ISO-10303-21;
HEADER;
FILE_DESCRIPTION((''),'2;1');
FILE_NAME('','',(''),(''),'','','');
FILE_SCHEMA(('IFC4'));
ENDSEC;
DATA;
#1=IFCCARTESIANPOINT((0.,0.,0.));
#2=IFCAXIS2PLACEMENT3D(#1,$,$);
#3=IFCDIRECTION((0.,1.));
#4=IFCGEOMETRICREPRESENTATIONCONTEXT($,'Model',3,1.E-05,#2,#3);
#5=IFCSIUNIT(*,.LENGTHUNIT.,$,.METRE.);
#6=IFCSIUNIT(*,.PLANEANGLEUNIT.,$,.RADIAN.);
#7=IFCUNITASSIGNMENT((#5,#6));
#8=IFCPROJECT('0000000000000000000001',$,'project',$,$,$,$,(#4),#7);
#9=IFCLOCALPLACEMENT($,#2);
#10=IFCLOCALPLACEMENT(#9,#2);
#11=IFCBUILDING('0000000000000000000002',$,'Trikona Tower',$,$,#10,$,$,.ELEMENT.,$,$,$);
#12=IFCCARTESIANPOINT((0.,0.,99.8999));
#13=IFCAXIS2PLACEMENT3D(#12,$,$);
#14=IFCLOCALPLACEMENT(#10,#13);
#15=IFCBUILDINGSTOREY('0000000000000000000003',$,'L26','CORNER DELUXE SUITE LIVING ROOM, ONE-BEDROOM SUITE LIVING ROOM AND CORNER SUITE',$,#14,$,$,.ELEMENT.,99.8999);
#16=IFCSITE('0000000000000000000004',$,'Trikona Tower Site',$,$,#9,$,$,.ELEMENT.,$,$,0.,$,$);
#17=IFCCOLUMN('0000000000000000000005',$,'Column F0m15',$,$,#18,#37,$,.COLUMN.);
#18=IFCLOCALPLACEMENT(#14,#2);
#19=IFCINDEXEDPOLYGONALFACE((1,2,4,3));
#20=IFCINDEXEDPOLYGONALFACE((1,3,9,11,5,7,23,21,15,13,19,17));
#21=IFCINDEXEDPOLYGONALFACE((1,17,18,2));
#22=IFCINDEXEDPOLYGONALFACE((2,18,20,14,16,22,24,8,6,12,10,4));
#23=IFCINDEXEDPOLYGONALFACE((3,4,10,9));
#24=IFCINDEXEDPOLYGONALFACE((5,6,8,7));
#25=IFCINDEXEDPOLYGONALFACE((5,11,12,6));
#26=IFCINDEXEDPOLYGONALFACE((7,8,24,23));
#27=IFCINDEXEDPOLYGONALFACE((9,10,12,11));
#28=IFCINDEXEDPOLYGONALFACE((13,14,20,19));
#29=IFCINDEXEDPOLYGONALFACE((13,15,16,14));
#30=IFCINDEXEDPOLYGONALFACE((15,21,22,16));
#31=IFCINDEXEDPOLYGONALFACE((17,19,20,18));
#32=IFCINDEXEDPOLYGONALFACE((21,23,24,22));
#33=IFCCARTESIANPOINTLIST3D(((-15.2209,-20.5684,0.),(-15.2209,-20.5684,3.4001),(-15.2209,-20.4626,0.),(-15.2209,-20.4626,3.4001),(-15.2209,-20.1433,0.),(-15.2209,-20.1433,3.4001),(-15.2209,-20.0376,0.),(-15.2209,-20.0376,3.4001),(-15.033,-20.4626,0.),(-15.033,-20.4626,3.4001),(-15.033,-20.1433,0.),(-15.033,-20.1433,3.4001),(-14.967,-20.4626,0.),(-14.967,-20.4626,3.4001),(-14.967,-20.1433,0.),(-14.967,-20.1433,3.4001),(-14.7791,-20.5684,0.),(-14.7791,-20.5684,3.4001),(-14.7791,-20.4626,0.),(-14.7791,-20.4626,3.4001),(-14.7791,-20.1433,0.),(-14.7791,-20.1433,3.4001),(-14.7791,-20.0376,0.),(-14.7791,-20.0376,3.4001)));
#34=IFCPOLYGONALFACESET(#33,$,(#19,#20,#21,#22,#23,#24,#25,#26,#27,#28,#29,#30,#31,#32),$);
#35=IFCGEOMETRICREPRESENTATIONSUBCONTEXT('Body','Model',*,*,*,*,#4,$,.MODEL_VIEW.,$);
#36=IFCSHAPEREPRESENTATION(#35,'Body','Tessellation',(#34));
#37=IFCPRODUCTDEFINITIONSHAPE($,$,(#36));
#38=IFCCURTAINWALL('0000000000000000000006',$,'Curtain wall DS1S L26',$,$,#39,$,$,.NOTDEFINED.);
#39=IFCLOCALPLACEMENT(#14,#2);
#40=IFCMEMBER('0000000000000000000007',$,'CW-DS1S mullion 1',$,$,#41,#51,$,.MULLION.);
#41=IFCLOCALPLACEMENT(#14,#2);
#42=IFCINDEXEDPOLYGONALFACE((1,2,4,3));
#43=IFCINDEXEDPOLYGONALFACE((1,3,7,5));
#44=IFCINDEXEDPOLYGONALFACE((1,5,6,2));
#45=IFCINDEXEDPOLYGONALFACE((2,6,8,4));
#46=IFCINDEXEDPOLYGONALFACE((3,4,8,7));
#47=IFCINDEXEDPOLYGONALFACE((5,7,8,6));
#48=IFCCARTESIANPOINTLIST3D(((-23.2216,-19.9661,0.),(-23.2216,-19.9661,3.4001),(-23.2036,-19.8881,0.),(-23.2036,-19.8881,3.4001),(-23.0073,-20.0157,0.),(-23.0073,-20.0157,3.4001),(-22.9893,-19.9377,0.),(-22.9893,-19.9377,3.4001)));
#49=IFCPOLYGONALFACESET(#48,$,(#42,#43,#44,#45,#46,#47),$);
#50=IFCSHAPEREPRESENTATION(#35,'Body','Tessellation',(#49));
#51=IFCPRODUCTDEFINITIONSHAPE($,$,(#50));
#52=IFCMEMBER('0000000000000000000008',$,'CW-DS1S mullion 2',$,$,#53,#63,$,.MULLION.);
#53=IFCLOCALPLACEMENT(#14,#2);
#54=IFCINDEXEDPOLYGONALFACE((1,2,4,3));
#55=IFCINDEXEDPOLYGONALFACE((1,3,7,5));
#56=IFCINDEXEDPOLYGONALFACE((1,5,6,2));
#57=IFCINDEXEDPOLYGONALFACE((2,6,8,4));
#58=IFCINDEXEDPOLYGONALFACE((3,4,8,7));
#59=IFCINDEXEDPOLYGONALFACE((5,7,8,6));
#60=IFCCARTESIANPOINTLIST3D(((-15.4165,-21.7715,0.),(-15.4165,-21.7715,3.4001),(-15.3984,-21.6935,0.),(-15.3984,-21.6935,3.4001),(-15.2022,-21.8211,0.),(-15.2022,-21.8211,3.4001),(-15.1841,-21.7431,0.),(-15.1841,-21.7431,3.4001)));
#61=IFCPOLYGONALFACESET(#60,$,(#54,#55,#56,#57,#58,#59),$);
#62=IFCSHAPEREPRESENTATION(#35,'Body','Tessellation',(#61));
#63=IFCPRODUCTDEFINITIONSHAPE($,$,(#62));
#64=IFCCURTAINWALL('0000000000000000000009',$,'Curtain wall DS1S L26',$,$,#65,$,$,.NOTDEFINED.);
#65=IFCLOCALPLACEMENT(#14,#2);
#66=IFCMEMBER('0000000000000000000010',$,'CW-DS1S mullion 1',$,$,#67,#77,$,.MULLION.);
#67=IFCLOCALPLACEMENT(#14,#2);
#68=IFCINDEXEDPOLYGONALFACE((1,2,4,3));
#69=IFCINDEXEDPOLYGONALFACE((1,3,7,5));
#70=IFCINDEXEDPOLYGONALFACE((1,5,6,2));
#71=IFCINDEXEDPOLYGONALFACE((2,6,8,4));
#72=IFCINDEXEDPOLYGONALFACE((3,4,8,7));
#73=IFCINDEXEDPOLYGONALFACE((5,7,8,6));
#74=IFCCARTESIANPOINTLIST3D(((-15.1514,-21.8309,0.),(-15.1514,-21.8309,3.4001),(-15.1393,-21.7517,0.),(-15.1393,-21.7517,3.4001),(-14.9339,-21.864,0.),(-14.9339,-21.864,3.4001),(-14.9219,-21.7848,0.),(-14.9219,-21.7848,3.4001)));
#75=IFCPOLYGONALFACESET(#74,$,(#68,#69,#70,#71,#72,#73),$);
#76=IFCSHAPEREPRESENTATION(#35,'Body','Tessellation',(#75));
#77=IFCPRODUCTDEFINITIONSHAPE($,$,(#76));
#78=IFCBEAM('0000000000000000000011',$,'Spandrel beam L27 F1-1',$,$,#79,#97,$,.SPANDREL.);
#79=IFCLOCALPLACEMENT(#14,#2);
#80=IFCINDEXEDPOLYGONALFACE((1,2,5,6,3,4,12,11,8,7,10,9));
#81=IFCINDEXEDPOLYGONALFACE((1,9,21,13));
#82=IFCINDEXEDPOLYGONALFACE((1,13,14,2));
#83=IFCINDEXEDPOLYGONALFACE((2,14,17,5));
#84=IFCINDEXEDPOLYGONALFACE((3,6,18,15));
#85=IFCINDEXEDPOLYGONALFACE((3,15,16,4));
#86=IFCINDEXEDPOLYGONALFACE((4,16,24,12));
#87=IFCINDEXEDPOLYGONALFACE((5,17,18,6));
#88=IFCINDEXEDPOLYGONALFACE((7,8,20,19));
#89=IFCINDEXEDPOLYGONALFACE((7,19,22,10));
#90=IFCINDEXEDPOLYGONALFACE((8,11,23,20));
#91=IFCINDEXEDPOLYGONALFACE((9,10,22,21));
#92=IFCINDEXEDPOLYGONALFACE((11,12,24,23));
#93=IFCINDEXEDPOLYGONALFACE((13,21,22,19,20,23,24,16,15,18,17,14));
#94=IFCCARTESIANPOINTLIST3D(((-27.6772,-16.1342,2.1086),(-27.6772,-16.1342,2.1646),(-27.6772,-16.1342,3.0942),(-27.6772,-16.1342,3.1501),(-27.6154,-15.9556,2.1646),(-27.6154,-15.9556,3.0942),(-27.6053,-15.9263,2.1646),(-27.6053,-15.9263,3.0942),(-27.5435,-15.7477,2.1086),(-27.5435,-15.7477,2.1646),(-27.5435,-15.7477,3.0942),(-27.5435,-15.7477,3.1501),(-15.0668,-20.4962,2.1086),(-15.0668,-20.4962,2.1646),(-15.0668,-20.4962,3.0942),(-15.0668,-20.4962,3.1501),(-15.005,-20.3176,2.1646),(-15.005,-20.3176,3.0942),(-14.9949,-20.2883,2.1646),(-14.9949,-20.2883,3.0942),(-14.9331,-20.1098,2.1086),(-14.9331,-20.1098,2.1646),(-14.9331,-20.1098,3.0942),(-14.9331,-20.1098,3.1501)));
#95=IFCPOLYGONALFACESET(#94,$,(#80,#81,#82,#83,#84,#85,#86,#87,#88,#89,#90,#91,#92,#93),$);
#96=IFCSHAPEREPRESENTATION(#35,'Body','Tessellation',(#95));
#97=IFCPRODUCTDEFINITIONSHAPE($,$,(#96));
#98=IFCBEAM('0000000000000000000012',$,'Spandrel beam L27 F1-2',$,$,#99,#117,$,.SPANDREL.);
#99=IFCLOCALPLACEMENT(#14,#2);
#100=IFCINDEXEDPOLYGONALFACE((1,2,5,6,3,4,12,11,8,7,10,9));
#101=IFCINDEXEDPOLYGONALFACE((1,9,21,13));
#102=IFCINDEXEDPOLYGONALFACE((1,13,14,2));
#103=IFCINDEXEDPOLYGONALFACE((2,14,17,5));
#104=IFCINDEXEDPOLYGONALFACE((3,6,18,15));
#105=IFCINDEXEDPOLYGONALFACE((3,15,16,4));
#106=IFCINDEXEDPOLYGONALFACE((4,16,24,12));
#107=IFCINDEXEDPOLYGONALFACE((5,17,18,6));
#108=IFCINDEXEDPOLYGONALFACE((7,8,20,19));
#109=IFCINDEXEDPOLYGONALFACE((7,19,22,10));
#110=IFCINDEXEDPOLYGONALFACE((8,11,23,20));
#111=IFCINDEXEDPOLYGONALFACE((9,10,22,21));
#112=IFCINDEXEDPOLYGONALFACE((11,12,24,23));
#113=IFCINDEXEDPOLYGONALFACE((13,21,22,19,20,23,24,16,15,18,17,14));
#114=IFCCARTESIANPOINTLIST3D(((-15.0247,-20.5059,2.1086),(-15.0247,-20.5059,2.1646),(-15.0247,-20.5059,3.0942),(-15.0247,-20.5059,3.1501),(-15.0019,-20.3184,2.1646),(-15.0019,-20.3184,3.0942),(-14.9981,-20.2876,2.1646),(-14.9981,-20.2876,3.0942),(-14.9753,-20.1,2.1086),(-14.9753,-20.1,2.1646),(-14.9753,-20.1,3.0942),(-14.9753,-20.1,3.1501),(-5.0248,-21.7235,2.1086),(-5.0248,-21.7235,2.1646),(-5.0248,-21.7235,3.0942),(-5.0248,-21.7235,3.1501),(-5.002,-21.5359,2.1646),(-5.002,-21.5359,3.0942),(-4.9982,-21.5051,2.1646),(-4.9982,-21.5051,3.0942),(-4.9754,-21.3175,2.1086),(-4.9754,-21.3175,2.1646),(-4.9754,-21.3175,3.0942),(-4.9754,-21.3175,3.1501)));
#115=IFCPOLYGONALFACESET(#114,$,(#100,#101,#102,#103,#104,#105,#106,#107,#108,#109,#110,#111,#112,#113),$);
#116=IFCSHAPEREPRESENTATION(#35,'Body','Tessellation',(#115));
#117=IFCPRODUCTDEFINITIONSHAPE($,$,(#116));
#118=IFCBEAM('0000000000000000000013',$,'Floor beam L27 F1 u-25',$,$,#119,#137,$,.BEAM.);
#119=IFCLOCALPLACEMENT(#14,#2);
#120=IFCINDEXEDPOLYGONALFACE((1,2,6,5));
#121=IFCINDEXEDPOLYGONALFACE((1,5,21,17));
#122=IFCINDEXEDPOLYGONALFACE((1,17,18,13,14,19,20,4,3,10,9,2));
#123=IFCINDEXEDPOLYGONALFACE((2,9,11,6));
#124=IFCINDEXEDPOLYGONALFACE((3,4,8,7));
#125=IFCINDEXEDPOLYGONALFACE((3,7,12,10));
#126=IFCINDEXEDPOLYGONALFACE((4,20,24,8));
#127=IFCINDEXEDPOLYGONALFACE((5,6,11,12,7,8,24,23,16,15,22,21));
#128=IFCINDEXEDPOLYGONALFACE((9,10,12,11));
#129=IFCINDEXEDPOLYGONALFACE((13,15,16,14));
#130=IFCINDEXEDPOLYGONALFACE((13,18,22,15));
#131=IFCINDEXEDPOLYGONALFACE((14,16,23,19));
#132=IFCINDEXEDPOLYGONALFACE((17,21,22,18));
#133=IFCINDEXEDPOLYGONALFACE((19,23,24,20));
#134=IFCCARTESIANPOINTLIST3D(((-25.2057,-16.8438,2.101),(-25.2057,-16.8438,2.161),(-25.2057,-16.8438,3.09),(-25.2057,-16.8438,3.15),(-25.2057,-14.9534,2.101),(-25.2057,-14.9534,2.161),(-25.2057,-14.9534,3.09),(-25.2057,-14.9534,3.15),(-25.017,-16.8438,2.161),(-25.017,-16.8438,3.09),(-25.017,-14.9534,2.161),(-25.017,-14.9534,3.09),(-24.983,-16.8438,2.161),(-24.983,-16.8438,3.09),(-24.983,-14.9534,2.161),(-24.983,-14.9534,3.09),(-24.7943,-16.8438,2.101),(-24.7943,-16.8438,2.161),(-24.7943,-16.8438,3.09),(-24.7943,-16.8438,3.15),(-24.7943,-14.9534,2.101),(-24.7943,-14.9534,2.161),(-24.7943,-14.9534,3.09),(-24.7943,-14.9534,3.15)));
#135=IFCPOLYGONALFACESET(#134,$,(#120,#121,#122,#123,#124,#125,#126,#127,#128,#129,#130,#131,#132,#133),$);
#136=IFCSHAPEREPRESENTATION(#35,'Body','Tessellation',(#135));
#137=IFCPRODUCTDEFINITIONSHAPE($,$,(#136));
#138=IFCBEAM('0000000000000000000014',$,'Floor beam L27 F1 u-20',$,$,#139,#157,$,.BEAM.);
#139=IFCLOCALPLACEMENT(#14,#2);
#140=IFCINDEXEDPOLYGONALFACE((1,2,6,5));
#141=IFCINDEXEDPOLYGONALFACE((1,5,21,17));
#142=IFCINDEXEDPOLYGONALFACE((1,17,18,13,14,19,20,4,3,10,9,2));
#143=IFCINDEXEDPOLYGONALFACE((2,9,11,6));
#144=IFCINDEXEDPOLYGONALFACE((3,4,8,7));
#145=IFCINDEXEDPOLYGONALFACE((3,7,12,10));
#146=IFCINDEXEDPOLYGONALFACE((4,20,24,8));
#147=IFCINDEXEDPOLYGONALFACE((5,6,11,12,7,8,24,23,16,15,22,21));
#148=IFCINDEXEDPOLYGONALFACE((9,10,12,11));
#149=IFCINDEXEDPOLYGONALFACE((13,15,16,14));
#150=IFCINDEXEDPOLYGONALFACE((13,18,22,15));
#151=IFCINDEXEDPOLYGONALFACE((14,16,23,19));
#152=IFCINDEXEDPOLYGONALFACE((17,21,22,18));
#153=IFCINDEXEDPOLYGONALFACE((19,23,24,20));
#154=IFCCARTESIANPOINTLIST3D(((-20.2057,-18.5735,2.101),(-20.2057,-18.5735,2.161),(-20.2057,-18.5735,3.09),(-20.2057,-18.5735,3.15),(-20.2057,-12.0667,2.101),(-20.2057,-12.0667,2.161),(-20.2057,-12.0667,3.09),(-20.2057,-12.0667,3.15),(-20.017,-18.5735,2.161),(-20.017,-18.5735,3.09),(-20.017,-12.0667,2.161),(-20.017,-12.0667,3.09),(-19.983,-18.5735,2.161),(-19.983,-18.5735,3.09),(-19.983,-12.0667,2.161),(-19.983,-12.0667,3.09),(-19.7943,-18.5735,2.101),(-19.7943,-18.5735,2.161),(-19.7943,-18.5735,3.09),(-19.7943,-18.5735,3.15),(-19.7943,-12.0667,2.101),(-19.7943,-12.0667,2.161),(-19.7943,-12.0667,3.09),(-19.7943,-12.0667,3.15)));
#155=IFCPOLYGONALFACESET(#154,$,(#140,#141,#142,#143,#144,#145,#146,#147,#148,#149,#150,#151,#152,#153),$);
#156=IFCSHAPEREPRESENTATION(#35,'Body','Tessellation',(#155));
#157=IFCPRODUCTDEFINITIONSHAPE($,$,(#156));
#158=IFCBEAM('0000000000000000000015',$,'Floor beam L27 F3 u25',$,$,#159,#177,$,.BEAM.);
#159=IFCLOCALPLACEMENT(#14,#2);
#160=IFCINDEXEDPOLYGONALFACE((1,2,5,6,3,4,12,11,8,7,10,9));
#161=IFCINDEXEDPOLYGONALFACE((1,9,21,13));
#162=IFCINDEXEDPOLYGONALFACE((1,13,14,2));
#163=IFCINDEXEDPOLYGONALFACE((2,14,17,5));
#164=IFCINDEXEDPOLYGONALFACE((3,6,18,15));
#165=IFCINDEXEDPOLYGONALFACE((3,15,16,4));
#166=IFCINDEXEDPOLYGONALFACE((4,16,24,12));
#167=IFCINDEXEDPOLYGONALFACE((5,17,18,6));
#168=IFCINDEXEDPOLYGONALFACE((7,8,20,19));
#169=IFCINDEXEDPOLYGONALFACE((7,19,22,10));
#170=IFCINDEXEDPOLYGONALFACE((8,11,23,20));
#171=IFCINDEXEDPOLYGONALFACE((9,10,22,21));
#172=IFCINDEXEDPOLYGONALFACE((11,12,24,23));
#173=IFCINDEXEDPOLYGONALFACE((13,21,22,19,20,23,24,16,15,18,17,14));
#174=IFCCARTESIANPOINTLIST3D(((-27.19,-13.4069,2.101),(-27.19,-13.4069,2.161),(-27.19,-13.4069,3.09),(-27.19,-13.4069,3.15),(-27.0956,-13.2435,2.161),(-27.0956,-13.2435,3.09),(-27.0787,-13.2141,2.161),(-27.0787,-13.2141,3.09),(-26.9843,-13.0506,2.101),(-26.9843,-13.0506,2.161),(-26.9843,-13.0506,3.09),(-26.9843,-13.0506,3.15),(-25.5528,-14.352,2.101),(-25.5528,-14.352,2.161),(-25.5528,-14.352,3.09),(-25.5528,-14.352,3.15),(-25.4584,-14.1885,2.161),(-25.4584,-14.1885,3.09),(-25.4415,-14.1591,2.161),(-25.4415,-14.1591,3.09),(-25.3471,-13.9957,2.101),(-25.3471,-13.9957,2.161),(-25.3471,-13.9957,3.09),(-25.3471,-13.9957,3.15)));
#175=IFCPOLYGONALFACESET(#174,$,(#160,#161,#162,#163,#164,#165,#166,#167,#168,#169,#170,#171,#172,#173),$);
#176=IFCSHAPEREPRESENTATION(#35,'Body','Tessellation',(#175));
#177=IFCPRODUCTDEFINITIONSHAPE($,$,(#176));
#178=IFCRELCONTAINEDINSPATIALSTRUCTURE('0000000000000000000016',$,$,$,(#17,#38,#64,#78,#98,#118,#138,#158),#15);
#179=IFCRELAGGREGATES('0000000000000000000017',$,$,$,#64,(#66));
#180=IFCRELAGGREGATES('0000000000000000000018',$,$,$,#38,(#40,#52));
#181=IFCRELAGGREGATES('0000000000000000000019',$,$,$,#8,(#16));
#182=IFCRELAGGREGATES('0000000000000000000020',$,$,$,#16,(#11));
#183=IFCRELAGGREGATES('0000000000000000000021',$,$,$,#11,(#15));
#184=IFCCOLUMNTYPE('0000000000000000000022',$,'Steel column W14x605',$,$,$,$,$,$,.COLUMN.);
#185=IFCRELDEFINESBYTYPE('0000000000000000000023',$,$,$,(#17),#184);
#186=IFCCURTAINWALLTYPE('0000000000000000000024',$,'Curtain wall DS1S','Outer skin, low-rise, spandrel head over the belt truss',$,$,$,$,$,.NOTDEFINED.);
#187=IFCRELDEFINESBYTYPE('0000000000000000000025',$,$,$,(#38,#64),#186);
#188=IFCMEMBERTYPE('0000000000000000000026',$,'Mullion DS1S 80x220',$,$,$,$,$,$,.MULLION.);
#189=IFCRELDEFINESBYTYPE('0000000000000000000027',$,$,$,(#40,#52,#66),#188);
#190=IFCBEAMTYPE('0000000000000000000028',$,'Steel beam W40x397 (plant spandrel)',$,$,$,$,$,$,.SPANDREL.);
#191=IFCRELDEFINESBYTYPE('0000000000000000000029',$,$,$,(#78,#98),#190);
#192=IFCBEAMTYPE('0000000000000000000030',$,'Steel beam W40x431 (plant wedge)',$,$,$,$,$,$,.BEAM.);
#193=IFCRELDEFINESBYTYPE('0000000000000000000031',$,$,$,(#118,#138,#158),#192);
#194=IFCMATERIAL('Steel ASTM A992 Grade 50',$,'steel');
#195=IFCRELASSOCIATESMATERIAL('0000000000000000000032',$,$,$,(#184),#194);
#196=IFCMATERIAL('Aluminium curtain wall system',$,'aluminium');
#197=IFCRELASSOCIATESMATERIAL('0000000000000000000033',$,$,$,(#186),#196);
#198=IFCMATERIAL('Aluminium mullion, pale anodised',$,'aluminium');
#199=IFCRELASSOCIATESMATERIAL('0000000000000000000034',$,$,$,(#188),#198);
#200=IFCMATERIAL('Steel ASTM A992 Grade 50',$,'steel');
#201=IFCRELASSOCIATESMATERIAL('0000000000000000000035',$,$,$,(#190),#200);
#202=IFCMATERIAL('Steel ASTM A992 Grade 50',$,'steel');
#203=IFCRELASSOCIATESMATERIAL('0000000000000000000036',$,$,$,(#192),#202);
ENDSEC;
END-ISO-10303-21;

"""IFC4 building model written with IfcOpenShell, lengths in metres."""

from ifc_helpers import new_model, si_unit, direction, frame, origin, origin_2d, place, context, subcontext, project, spatial, rectangle, i_section, extrude, material, material_profile, profile_set, type_object, element, aggregate, save


model = new_model("IFC4")

# Units and contexts
model_context = context("Model", 3, precision=1e-05, world=origin(), true_north=direction((0.0, 1.0)))
body_context = subcontext(model_context, "Body", "Model", "MODEL_VIEW")
ifc_project = project(units=[si_unit("LENGTHUNIT", "METRE"), si_unit("PLANEANGLEUNIT", "RADIAN")], contexts=[model_context])

# Site, building, storey
site_placement = place(None, origin())
site = spatial("IfcSite", under=ifc_project, at=site_placement, Name="Trikona Tower Site", CompositionType="ELEMENT", RefElevation=0.0)
building_placement = place(site_placement, origin())
building = spatial("IfcBuilding", under=site, at=building_placement, Name="Trikona Tower", CompositionType="ELEMENT")
storey_placement = place(building_placement, frame((0.0, 0.0, 99.8999)))
storey = spatial("IfcBuildingStorey", under=building, at=storey_placement, Name="L26", Description="CORNER DELUXE SUITE LIVING ROOM, ONE-BEDROOM SUITE LIVING ROOM AND CORNER SUITE", CompositionType="ELEMENT", Elevation=99.8999)

# Column
ifc_material_1 = material(Name="Steel ASTM A992 Grade 50", Category="steel")
ifc_material_profile_1 = material_profile(ifc_material_1, i_section(OverallWidth=0.4419, OverallDepth=0.5308, WebThickness=0.0659, FlangeThickness=0.1057, at=origin_2d()), Name="W14X605")
ifc_profile_set_1 = profile_set([ifc_material_profile_1], Name="Steel ASTM A992 Grade 50")
column_type = type_object("IfcColumnType", Name="Steel column W14x605", PredefinedType="COLUMN", material=ifc_profile_set_1)
column_placement = place(storey_placement, frame((-15.0, -20.303, 0.0), z_axis=(0.0, 0.0, 1.0), x_axis=(1.0, 0.0, 0.0)))
element("IfcColumn", 1, at=column_placement, inside=storey, type_object=column_type, Name="Column F0m15", PredefinedType="COLUMN", context=body_context, shape_type="SweptSolid", body=[
    extrude(i_section(OverallWidth=0.4419, OverallDepth=0.5308, WebThickness=0.0659, FlangeThickness=0.1057, at=origin_2d()), origin(), (0.0, 0.0, 1.0), 3.4001),
])

# Curtain wall, members
ifc_material_2 = material(Name="Aluminium curtain wall system", Category="aluminium")
curtain_wall_type = type_object("IfcCurtainWallType", Name="Curtain wall DS1S", Description="Outer skin, low-rise, spandrel head over the belt truss", PredefinedType="NOTDEFINED", material=ifc_material_2)
curtain_wall_1_placement = place(storey_placement, origin())
curtain_wall_1 = element("IfcCurtainWall", 2, at=curtain_wall_1_placement, inside=storey, type_object=curtain_wall_type, Name="Curtain wall DS1S L26", PredefinedType="NOTDEFINED")
ifc_material_3 = material(Name="Aluminium mullion, pale anodised", Category="aluminium")
ifc_material_profile_2 = material_profile(ifc_material_3, rectangle(XDim=0.0801, YDim=0.22, at=origin_2d()), Name="MUL-DS1S")
ifc_profile_set_2 = profile_set([ifc_material_profile_2], Name="Aluminium mullion, pale anodised")
member_type_1 = type_object("IfcMemberType", Name="Mullion DS1S 80x220", PredefinedType="MULLION", material=ifc_profile_set_2)
member_1_placement = place(storey_placement, frame((-23.1055, -19.9519, 0.0), z_axis=(0.0, 0.0, 1.0), x_axis=(0.225343, 0.974279, 0.0)))
member_1 = element("IfcMember", 3, at=member_1_placement, type_object=member_type_1, Name="CW-DS1S mullion 1", PredefinedType="MULLION", context=body_context, shape_type="SweptSolid", body=[
    extrude(rectangle(XDim=0.0801, YDim=0.22, at=origin_2d()), origin(), (0.0, 0.0, 1.0), 3.4001),
])
member_2_placement = place(storey_placement, frame((-15.3003, -21.7573, 0.0), z_axis=(0.0, 0.0, 1.0), x_axis=(0.225343, 0.974279, 0.0)))
member_2 = element("IfcMember", 4, at=member_2_placement, type_object=member_type_1, Name="CW-DS1S mullion 2", PredefinedType="MULLION", context=body_context, shape_type="SweptSolid", body=[
    extrude(rectangle(XDim=0.0801, YDim=0.22, at=origin_2d()), origin(), (0.0, 0.0, 1.0), 3.4001),
])

# Curtain wall, member
curtain_wall_2_placement = place(storey_placement, origin())
curtain_wall_2 = element("IfcCurtainWall", 5, at=curtain_wall_2_placement, inside=storey, type_object=curtain_wall_type, Name="Curtain wall DS1S L26", PredefinedType="NOTDEFINED")
member_3_placement = place(storey_placement, frame((-15.0366, -21.8079, 0.0), z_axis=(0.0, 0.0, 1.0), x_axis=(0.150438, 0.988619, 0.0)))
member_3 = element("IfcMember", 6, at=member_3_placement, type_object=member_type_1, Name="CW-DS1S mullion 1", PredefinedType="MULLION", context=body_context, shape_type="SweptSolid", body=[
    extrude(rectangle(XDim=0.0801, YDim=0.22, at=origin_2d()), origin(), (0.0, 0.0, 1.0), 3.4001),
])

# Beams
ifc_material_4 = material(Name="Steel ASTM A992 Grade 50", Category="steel")
ifc_material_profile_3 = material_profile(ifc_material_4, i_section(OverallWidth=0.4089, OverallDepth=1.0415, WebThickness=0.031, FlangeThickness=0.0559, at=origin_2d()), Name="W40X397")
ifc_profile_set_3 = profile_set([ifc_material_profile_3], Name="Steel ASTM A992 Grade 50")
beam_type_1 = type_object("IfcBeamType", Name="Steel beam W40x397 (plant spandrel)", PredefinedType="SPANDREL", material=ifc_profile_set_3)
beam_1_placement = place(storey_placement, frame((-27.6104, -15.9409, 2.6294), z_axis=(0.945057, -0.326906, 0.0), x_axis=(0.326906, 0.945057, 0.0)))
element("IfcBeam", 7, at=beam_1_placement, inside=storey, type_object=beam_type_1, Name="Spandrel beam L27 F1-1", PredefinedType="SPANDREL", context=body_context, shape_type="SweptSolid", body=[
    extrude(i_section(OverallWidth=0.4089, OverallDepth=1.0415, WebThickness=0.031, FlangeThickness=0.0559, at=origin_2d()), origin(), (0.0, 0.0, 1.0), 13.3435),
])
beam_2_placement = place(storey_placement, frame((-15.0, -20.303, 2.6294), z_axis=(0.99267, -0.12086, 0.0), x_axis=(0.12086, 0.99267, 0.0)))
element("IfcBeam", 8, at=beam_2_placement, inside=storey, type_object=beam_type_1, Name="Spandrel beam L27 F1-2", PredefinedType="SPANDREL", context=body_context, shape_type="SweptSolid", body=[
    extrude(i_section(OverallWidth=0.4089, OverallDepth=1.0415, WebThickness=0.031, FlangeThickness=0.0559, at=origin_2d()), origin(), (0.0, 0.0, 1.0), 10.0737),
])
ifc_material_5 = material(Name="Steel ASTM A992 Grade 50", Category="steel")
ifc_material_profile_4 = material_profile(ifc_material_5, i_section(OverallWidth=0.4114, OverallDepth=1.0491, WebThickness=0.0339, FlangeThickness=0.0601, at=origin_2d()), Name="W40X431")
ifc_profile_set_4 = profile_set([ifc_material_profile_4], Name="Steel ASTM A992 Grade 50")
beam_type_2 = type_object("IfcBeamType", Name="Steel beam W40x431 (plant wedge)", PredefinedType="BEAM", material=ifc_profile_set_4)
beam_3_placement = place(storey_placement, frame((-25.0, -14.9534, 2.6255), z_axis=(0.0, -1.0, 0.0), x_axis=(1.0, 0.0, 0.0)))
element("IfcBeam", 9, at=beam_3_placement, inside=storey, type_object=beam_type_2, Name="Floor beam L27 F1 u-25", PredefinedType="BEAM", context=body_context, shape_type="SweptSolid", body=[
    extrude(i_section(OverallWidth=0.4114, OverallDepth=1.0491, WebThickness=0.0339, FlangeThickness=0.0601, at=origin_2d()), origin(), (0.0, 0.0, 1.0), 1.8904),
])
beam_4_placement = place(storey_placement, frame((-20.0, -12.0667, 2.6255), z_axis=(0.0, -1.0, 0.0), x_axis=(1.0, 0.0, 0.0)))
element("IfcBeam", 10, at=beam_4_placement, inside=storey, type_object=beam_type_2, Name="Floor beam L27 F1 u-20", PredefinedType="BEAM", context=body_context, shape_type="SweptSolid", body=[
    extrude(i_section(OverallWidth=0.4114, OverallDepth=1.0491, WebThickness=0.0339, FlangeThickness=0.0601, at=origin_2d()), origin(), (0.0, 0.0, 1.0), 6.5068),
])
beam_5_placement = place(storey_placement, frame((-25.45, -14.1738, 2.6255), z_axis=(-0.866065, 0.499931, 0.0), x_axis=(-0.499931, -0.866065, 0.0)))
element("IfcBeam", 11, at=beam_5_placement, inside=storey, type_object=beam_type_2, Name="Floor beam L27 F3 u25", PredefinedType="BEAM", context=body_context, shape_type="SweptSolid", body=[
    extrude(i_section(OverallWidth=0.4114, OverallDepth=1.0491, WebThickness=0.0339, FlangeThickness=0.0601, at=origin_2d()), origin(), (0.0, 0.0, 1.0), 1.8904),
])

aggregate(curtain_wall_2, [member_3])

aggregate(curtain_wall_1, [member_1, member_2])

save(model, "model.ifc")
